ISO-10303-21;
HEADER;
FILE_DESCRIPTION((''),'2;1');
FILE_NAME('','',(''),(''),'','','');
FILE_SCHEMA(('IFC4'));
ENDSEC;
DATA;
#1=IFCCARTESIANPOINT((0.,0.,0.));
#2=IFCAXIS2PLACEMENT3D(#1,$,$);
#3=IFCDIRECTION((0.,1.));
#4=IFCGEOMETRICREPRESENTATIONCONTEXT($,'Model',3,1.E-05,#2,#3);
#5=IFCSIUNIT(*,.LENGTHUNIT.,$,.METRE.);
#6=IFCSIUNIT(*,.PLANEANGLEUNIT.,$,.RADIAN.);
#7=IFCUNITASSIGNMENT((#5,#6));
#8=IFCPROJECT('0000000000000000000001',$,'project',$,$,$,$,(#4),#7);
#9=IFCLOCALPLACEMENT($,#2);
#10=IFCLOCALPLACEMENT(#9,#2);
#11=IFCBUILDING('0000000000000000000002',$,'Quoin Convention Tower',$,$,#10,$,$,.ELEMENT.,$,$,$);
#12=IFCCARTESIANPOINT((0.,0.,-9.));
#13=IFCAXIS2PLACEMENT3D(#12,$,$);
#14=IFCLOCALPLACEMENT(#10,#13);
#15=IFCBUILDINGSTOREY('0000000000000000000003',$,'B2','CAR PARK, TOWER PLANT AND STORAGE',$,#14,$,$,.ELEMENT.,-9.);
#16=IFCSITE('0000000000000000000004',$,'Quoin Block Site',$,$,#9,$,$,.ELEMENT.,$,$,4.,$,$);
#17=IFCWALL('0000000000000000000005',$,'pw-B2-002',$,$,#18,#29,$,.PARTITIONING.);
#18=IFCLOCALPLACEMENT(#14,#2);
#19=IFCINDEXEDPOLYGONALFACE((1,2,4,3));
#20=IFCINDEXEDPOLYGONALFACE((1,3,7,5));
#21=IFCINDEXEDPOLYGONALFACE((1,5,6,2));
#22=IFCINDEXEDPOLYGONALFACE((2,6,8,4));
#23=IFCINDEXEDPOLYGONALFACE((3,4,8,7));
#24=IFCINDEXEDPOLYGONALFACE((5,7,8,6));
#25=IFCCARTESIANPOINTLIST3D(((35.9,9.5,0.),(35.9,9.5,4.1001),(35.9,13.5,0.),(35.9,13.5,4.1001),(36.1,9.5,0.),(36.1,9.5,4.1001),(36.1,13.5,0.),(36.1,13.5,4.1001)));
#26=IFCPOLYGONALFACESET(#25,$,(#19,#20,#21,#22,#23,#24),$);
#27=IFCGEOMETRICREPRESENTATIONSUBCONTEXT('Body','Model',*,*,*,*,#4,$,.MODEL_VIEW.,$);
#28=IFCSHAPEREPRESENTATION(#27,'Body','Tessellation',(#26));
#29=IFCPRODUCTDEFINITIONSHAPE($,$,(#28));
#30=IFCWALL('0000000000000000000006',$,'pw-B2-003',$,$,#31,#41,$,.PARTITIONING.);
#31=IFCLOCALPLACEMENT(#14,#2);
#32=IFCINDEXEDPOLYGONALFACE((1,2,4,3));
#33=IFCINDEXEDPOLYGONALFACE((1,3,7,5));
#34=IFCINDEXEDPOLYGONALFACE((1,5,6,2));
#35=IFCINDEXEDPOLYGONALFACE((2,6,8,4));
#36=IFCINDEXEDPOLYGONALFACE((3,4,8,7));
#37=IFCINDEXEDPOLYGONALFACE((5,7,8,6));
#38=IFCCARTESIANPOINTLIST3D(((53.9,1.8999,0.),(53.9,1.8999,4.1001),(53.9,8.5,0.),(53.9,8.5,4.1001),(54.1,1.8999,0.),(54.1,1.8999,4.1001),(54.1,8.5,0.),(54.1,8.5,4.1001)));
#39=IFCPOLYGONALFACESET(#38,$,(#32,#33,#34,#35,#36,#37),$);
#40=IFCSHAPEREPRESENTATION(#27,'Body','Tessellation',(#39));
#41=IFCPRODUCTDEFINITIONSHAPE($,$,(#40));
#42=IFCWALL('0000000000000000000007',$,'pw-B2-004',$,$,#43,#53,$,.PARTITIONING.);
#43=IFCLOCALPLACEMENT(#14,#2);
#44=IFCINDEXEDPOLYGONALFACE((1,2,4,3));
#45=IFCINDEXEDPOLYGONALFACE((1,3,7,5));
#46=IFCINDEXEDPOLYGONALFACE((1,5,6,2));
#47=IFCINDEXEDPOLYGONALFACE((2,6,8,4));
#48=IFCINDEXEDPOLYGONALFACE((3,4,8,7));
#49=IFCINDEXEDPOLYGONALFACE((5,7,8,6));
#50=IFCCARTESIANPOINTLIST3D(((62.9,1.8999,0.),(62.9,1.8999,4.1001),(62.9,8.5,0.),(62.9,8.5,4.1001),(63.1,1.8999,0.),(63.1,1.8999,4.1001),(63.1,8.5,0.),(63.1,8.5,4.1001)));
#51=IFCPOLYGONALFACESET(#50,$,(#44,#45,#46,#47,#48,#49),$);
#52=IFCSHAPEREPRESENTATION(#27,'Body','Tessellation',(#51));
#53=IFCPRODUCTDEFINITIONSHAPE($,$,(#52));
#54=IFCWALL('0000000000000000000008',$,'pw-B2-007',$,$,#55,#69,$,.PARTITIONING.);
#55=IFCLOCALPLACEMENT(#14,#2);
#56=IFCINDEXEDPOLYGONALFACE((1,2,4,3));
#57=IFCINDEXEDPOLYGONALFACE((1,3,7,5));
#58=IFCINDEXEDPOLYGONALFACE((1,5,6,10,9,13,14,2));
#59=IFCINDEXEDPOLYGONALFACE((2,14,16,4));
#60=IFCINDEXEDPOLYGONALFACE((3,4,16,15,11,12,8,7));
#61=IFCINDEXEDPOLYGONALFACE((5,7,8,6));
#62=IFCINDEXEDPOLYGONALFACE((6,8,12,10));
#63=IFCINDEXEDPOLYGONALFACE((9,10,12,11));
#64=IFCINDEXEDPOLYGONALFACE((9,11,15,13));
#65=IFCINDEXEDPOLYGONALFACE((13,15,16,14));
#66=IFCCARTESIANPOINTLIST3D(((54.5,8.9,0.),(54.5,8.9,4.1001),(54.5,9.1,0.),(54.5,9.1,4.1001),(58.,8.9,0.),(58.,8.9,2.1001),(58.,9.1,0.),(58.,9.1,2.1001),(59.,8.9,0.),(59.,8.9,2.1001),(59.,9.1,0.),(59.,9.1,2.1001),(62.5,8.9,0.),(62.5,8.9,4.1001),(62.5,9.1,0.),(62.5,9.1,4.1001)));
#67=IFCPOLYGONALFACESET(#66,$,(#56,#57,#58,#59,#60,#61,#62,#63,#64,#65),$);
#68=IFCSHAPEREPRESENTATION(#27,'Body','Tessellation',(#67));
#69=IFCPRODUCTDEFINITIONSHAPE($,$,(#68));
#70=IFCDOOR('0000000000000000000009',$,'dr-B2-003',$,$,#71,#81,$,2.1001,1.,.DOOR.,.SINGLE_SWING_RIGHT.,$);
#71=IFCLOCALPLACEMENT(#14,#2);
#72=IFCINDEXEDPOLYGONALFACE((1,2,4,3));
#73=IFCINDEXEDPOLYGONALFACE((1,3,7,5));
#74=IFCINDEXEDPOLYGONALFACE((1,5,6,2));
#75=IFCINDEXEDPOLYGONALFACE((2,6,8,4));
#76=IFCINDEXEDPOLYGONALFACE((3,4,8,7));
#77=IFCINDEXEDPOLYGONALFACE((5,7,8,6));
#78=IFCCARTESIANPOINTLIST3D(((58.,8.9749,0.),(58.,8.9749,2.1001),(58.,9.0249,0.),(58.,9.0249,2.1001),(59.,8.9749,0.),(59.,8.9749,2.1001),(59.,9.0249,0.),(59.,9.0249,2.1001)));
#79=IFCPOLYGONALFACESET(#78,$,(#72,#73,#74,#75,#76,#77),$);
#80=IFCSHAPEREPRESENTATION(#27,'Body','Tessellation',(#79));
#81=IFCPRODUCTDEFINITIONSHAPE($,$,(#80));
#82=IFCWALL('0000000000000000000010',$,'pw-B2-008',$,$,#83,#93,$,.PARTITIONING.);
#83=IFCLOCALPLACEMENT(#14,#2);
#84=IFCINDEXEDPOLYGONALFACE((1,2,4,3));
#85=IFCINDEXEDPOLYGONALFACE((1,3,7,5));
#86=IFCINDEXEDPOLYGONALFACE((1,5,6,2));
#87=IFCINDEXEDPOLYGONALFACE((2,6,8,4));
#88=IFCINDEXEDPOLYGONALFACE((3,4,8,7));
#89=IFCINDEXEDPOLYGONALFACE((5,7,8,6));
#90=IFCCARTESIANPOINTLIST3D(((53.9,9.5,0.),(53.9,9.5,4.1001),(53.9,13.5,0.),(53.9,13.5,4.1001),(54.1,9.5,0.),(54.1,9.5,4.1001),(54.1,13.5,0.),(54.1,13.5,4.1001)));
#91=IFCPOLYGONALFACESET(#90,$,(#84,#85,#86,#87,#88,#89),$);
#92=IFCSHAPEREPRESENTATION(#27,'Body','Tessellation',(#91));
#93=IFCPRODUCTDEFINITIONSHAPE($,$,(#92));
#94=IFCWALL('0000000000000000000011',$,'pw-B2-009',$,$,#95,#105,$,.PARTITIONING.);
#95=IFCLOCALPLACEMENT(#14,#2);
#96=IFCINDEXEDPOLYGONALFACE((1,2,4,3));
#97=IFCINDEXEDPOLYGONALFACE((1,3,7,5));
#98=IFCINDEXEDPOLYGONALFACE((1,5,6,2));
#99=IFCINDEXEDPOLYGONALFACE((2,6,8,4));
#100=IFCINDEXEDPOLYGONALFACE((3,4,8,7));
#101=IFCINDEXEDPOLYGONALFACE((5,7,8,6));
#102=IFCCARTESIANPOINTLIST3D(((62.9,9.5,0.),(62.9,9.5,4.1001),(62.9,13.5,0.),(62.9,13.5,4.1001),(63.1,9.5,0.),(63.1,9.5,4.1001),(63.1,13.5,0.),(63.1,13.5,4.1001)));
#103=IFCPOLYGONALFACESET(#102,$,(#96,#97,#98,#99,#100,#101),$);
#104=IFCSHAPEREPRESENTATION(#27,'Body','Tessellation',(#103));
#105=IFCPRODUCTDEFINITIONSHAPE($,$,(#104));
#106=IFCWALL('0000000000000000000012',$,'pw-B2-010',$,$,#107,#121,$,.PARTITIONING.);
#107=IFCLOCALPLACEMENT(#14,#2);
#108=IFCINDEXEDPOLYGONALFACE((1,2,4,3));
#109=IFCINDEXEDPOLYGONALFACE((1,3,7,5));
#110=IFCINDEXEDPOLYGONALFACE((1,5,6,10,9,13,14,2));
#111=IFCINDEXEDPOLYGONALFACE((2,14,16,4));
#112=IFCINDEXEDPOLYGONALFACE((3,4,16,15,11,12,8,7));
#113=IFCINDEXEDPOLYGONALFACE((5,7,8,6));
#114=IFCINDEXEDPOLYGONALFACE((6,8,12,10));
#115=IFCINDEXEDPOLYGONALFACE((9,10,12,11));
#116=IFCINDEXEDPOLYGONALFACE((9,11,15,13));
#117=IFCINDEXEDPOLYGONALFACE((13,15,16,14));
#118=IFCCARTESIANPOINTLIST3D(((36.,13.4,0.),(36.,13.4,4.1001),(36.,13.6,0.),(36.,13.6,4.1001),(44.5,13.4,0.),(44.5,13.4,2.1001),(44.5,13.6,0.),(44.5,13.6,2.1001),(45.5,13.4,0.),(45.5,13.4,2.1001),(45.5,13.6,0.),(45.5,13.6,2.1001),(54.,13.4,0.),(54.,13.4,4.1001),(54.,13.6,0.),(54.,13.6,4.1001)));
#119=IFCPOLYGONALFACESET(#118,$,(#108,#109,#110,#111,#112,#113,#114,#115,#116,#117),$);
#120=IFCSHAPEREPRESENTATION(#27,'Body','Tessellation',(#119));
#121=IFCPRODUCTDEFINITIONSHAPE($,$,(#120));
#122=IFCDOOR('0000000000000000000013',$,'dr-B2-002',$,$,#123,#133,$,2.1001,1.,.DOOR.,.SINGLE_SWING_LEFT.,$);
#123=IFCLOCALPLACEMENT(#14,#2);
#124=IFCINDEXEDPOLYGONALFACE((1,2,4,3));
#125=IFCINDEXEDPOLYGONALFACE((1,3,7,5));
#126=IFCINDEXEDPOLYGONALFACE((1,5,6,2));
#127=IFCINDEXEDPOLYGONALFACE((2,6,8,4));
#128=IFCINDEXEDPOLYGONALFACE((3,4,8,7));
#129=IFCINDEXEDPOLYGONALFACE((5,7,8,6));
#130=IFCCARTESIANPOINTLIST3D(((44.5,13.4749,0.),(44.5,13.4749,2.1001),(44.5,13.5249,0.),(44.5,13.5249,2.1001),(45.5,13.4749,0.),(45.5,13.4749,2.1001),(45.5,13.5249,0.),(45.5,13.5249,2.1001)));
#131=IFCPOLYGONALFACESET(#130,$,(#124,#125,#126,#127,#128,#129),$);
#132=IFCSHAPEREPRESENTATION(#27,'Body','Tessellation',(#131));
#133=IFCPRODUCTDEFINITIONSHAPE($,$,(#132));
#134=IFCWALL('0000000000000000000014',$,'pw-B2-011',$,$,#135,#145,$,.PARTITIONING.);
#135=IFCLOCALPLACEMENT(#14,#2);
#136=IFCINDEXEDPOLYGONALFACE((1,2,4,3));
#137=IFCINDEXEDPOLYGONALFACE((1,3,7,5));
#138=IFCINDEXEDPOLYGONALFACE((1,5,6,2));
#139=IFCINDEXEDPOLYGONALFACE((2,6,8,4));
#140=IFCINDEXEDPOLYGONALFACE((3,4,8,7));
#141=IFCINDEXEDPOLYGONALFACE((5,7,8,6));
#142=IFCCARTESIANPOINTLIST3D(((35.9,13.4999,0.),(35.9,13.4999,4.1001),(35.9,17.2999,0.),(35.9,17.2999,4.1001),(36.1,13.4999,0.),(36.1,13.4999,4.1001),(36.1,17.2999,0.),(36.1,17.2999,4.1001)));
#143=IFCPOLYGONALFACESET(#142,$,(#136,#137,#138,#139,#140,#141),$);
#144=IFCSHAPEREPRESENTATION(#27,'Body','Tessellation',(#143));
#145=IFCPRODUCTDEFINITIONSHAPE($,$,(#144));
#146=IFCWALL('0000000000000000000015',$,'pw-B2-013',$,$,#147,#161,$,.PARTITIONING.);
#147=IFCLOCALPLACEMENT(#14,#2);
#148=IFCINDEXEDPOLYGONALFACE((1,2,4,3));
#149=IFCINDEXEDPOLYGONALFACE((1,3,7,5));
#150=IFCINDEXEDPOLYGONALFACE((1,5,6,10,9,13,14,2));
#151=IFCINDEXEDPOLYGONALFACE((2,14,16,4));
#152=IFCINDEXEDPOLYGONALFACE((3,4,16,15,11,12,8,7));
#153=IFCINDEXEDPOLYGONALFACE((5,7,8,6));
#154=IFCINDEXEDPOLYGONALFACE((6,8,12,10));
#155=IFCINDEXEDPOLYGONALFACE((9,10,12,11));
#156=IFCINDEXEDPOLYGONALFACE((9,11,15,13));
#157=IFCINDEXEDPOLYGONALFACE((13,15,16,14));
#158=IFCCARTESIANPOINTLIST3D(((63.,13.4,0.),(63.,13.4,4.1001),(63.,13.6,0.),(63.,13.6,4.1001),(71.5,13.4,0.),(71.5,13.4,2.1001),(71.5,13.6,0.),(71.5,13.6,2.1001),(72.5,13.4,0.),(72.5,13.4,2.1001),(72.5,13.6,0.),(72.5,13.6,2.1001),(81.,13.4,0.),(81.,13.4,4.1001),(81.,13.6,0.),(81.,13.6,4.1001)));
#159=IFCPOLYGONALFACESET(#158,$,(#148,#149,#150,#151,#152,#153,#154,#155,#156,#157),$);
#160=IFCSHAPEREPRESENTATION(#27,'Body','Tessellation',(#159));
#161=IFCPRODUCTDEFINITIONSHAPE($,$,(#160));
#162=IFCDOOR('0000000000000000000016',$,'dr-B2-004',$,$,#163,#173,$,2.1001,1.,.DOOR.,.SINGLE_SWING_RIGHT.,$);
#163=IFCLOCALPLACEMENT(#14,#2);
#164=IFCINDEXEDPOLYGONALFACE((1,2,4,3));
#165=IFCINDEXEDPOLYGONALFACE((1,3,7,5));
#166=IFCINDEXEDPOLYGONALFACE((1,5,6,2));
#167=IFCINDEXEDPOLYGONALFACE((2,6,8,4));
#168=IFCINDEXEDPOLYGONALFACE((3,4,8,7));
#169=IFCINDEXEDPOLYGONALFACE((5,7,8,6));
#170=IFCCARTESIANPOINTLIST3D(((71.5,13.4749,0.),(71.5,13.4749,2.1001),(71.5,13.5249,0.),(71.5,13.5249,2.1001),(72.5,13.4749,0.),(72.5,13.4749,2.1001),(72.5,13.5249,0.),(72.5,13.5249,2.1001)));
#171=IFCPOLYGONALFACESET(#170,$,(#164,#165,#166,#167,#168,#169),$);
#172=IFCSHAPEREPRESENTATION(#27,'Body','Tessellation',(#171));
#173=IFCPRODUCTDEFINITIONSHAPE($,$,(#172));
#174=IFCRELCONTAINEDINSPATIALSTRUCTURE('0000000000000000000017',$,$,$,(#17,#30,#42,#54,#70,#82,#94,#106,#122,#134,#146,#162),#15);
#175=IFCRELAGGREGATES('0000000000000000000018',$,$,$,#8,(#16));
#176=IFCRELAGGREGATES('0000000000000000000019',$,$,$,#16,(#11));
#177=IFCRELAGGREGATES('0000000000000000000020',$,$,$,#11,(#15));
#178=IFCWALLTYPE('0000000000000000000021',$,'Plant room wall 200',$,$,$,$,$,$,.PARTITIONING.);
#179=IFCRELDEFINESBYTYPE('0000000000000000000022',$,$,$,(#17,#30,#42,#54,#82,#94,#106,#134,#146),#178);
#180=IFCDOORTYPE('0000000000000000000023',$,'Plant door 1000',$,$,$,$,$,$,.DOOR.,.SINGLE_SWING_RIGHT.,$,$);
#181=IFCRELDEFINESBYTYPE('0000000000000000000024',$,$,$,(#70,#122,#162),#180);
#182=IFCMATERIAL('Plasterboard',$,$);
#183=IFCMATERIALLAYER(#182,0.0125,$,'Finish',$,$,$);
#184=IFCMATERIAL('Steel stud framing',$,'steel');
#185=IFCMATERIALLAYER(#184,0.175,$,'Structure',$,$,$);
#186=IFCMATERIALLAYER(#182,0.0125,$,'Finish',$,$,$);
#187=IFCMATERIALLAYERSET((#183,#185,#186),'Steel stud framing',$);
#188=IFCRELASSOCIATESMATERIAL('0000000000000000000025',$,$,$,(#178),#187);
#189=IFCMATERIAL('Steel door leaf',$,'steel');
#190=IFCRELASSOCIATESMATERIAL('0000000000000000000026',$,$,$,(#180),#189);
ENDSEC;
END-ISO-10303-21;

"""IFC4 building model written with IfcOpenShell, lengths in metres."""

from ifc_helpers import new_model, si_unit, direction, frame, frame_2d, origin, place, context, subcontext, project, spatial, rectangle, extrude, material, layer, layer_set, type_object, element, fill, save


model = new_model("IFC4")

# Units and contexts
model_context = context("Model", 3, precision=1e-05, world=origin(), true_north=direction((0.0, 1.0)))
body_context = subcontext(model_context, "Body", "Model", "MODEL_VIEW")
ifc_project = project(units=[si_unit("LENGTHUNIT", "METRE"), si_unit("PLANEANGLEUNIT", "RADIAN")], contexts=[model_context])

# Site, building, storey
site_placement = place(None, origin())
site = spatial("IfcSite", under=ifc_project, at=site_placement, Name="Quoin Block Site", CompositionType="ELEMENT", RefElevation=4.0)
building_placement = place(site_placement, origin())
building = spatial("IfcBuilding", under=site, at=building_placement, Name="Quoin Convention Tower", CompositionType="ELEMENT")
storey_placement = place(building_placement, frame((0.0, 0.0, -9.0)))
storey = spatial("IfcBuildingStorey", under=building, at=storey_placement, Name="B2", Description="CAR PARK, TOWER PLANT AND STORAGE", CompositionType="ELEMENT", Elevation=-9.0)

# Walls
ifc_material_1 = material(Name="Plasterboard")
ifc_layer_1 = layer(ifc_material_1, 0.0125, Name="Finish")
ifc_material_2 = material(Name="Steel stud framing", Category="steel")
ifc_layer_2 = layer(ifc_material_2, 0.175, Name="Structure")
ifc_layer_3 = layer(ifc_material_1, 0.0125, Name="Finish")
ifc_layer_set = layer_set([ifc_layer_1, ifc_layer_2, ifc_layer_3], Name="Steel stud framing")
wall_type = type_object("IfcWallType", Name="Plant room wall 200", PredefinedType="PARTITIONING", material=ifc_layer_set)
wall_1_placement = place(storey_placement, frame((36.0, 9.5, 0.0), z_axis=(0.0, 0.0, 1.0), x_axis=(0.0, 1.0, 0.0)))
element("IfcWall", 1, at=wall_1_placement, inside=storey, type_object=wall_type, Name="pw-B2-002", PredefinedType="PARTITIONING", context=body_context, shape_type="SweptSolid", body=[
    extrude(rectangle(XDim=4.0, YDim=0.2, at=frame_2d((2.0, 0.0))), origin(), (0.0, 0.0, 1.0), 4.1001),
])
for number, where, z_axis, x_axis, name in (
    (2, (54.0, 1.8999, 0.0), (0.0, 0.0, 1.0), (0.0, 1.0, 0.0), "pw-B2-003"),
    (3, (63.0, 1.8999, 0.0), (0.0, 0.0, 1.0), (0.0, 1.0, 0.0), "pw-B2-004"),
):
    element("IfcWall", number, at=place(storey_placement, frame(where, z_axis=z_axis, x_axis=x_axis)), inside=storey, type_object=wall_type, Name=name, PredefinedType="PARTITIONING", context=body_context, shape_type="SweptSolid", body=[
        extrude(rectangle(XDim=6.6001, YDim=0.2, at=frame_2d((3.3, 0.0))), origin(), (0.0, 0.0, 1.0), 4.1001),
    ])

# Wall, opening, door
wall_2_placement = place(storey_placement, frame((54.5, 9.0, 0.0), z_axis=(0.0, 0.0, 1.0), x_axis=(1.0, 0.0, 0.0)))
wall_2 = element("IfcWall", 4, at=wall_2_placement, inside=storey, type_object=wall_type, Name="pw-B2-007", PredefinedType="PARTITIONING", context=body_context, shape_type="SweptSolid", body=[
    extrude(rectangle(XDim=8.0, YDim=0.2, at=frame_2d((4.0, 0.0))), origin(), (0.0, 0.0, 1.0), 4.1001),
])
opening_1_placement = place(wall_2_placement, frame((3.5, 0.0, 0.0)))
opening_1 = element("IfcOpeningElement", 5, at=opening_1_placement, cuts=wall_2, PredefinedType="OPENING", context=body_context, shape_type="SweptSolid", body=[
    extrude(rectangle(XDim=1.0, YDim=2.1001, at=frame_2d((0.5, 1.05))), frame((0.0, 0.1099, 0.0), z_axis=(0.0, -1.0, 0.0), x_axis=(1.0, 0.0, 0.0)), (0.0, 0.0, 1.0), 0.22),
])
ifc_material_3 = material(Name="Steel door leaf", Category="steel")
door_type = type_object("IfcDoorType", Name="Plant door 1000", OperationType="SINGLE_SWING_RIGHT", PredefinedType="DOOR", material=ifc_material_3)
door_1_placement = place(opening_1_placement, origin())
door_1 = element("IfcDoor", 6, at=door_1_placement, inside=storey, type_object=door_type, Name="dr-B2-003", OperationType="SINGLE_SWING_RIGHT", OverallHeight=2.1001, OverallWidth=1.0, PredefinedType="DOOR", context=body_context, shape_type="SweptSolid", body=[
    extrude(rectangle(XDim=1.0, YDim=2.1001, at=frame_2d((0.5, 1.05))), frame((0.0, 0.0249, 0.0), z_axis=(0.0, -1.0, 0.0), x_axis=(1.0, 0.0, 0.0)), (0.0, 0.0, 1.0), 0.05),
])
fill(opening_1, door_1)

# Walls
for number, where, z_axis, x_axis, name in (
    (7, (54.0, 9.5, 0.0), (0.0, 0.0, 1.0), (0.0, 1.0, 0.0), "pw-B2-008"),
    (8, (63.0, 9.5, 0.0), (0.0, 0.0, 1.0), (0.0, 1.0, 0.0), "pw-B2-009"),
):
    element("IfcWall", number, at=place(storey_placement, frame(where, z_axis=z_axis, x_axis=x_axis)), inside=storey, type_object=wall_type, Name=name, PredefinedType="PARTITIONING", context=body_context, shape_type="SweptSolid", body=[
        extrude(rectangle(XDim=4.0, YDim=0.2, at=frame_2d((2.0, 0.0))), origin(), (0.0, 0.0, 1.0), 4.1001),
    ])

# Wall, opening, door
wall_3_placement = place(storey_placement, frame((36.0, 13.5, 0.0), z_axis=(0.0, 0.0, 1.0), x_axis=(1.0, 0.0, 0.0)))
wall_3 = element("IfcWall", 9, at=wall_3_placement, inside=storey, type_object=wall_type, Name="pw-B2-010", PredefinedType="PARTITIONING", context=body_context, shape_type="SweptSolid", body=[
    extrude(rectangle(XDim=18.0, YDim=0.2, at=frame_2d((9.0, 0.0))), origin(), (0.0, 0.0, 1.0), 4.1001),
])
opening_2_placement = place(wall_3_placement, frame((8.5, 0.0, 0.0)))
opening_2 = element("IfcOpeningElement", 10, at=opening_2_placement, cuts=wall_3, PredefinedType="OPENING", context=body_context, shape_type="SweptSolid", body=[
    extrude(rectangle(XDim=1.0, YDim=2.1001, at=frame_2d((0.5, 1.05))), frame((0.0, 0.1099, 0.0), z_axis=(0.0, -1.0, 0.0), x_axis=(1.0, 0.0, 0.0)), (0.0, 0.0, 1.0), 0.22),
])
door_2_placement = place(opening_2_placement, origin())
door_2 = element("IfcDoor", 11, at=door_2_placement, inside=storey, type_object=door_type, Name="dr-B2-002", OperationType="SINGLE_SWING_LEFT", OverallHeight=2.1001, OverallWidth=1.0, PredefinedType="DOOR", context=body_context, shape_type="SweptSolid", body=[
    extrude(rectangle(XDim=1.0, YDim=2.1001, at=frame_2d((0.5, 1.05))), frame((0.0, 0.0249, 0.0), z_axis=(0.0, -1.0, 0.0), x_axis=(1.0, 0.0, 0.0)), (0.0, 0.0, 1.0), 0.05),
])
fill(opening_2, door_2)

# Wall
wall_4_placement = place(storey_placement, frame((36.0, 13.5, 0.0), z_axis=(0.0, 0.0, 1.0), x_axis=(0.0, 1.0, 0.0)))
element("IfcWall", 12, at=wall_4_placement, inside=storey, type_object=wall_type, Name="pw-B2-011", PredefinedType="PARTITIONING", context=body_context, shape_type="SweptSolid", body=[
    extrude(rectangle(XDim=3.8, YDim=0.2, at=frame_2d((1.8999, 0.0))), origin(), (0.0, 0.0, 1.0), 4.1001),
])

# Wall, opening, door
wall_5_placement = place(storey_placement, frame((63.0, 13.5, 0.0), z_axis=(0.0, 0.0, 1.0), x_axis=(1.0, 0.0, 0.0)))
wall_5 = element("IfcWall", 13, at=wall_5_placement, inside=storey, type_object=wall_type, Name="pw-B2-013", PredefinedType="PARTITIONING", context=body_context, shape_type="SweptSolid", body=[
    extrude(rectangle(XDim=18.0, YDim=0.2, at=frame_2d((9.0, 0.0))), origin(), (0.0, 0.0, 1.0), 4.1001),
])
opening_3_placement = place(wall_5_placement, frame((8.5, 0.0, 0.0)))
opening_3 = element("IfcOpeningElement", 14, at=opening_3_placement, cuts=wall_5, PredefinedType="OPENING", context=body_context, shape_type="SweptSolid", body=[
    extrude(rectangle(XDim=1.0, YDim=2.1001, at=frame_2d((0.5, 1.05))), frame((0.0, 0.1099, 0.0), z_axis=(0.0, -1.0, 0.0), x_axis=(1.0, 0.0, 0.0)), (0.0, 0.0, 1.0), 0.22),
])
door_3_placement = place(opening_3_placement, origin())
door_3 = element("IfcDoor", 15, at=door_3_placement, inside=storey, type_object=door_type, Name="dr-B2-004", OperationType="SINGLE_SWING_RIGHT", OverallHeight=2.1001, OverallWidth=1.0, PredefinedType="DOOR", context=body_context, shape_type="SweptSolid", body=[
    extrude(rectangle(XDim=1.0, YDim=2.1001, at=frame_2d((0.5, 1.05))), frame((0.0, 0.0249, 0.0), z_axis=(0.0, -1.0, 0.0), x_axis=(1.0, 0.0, 0.0)), (0.0, 0.0, 1.0), 0.05),
])
fill(opening_3, door_3)

save(model, "model.ifc")
